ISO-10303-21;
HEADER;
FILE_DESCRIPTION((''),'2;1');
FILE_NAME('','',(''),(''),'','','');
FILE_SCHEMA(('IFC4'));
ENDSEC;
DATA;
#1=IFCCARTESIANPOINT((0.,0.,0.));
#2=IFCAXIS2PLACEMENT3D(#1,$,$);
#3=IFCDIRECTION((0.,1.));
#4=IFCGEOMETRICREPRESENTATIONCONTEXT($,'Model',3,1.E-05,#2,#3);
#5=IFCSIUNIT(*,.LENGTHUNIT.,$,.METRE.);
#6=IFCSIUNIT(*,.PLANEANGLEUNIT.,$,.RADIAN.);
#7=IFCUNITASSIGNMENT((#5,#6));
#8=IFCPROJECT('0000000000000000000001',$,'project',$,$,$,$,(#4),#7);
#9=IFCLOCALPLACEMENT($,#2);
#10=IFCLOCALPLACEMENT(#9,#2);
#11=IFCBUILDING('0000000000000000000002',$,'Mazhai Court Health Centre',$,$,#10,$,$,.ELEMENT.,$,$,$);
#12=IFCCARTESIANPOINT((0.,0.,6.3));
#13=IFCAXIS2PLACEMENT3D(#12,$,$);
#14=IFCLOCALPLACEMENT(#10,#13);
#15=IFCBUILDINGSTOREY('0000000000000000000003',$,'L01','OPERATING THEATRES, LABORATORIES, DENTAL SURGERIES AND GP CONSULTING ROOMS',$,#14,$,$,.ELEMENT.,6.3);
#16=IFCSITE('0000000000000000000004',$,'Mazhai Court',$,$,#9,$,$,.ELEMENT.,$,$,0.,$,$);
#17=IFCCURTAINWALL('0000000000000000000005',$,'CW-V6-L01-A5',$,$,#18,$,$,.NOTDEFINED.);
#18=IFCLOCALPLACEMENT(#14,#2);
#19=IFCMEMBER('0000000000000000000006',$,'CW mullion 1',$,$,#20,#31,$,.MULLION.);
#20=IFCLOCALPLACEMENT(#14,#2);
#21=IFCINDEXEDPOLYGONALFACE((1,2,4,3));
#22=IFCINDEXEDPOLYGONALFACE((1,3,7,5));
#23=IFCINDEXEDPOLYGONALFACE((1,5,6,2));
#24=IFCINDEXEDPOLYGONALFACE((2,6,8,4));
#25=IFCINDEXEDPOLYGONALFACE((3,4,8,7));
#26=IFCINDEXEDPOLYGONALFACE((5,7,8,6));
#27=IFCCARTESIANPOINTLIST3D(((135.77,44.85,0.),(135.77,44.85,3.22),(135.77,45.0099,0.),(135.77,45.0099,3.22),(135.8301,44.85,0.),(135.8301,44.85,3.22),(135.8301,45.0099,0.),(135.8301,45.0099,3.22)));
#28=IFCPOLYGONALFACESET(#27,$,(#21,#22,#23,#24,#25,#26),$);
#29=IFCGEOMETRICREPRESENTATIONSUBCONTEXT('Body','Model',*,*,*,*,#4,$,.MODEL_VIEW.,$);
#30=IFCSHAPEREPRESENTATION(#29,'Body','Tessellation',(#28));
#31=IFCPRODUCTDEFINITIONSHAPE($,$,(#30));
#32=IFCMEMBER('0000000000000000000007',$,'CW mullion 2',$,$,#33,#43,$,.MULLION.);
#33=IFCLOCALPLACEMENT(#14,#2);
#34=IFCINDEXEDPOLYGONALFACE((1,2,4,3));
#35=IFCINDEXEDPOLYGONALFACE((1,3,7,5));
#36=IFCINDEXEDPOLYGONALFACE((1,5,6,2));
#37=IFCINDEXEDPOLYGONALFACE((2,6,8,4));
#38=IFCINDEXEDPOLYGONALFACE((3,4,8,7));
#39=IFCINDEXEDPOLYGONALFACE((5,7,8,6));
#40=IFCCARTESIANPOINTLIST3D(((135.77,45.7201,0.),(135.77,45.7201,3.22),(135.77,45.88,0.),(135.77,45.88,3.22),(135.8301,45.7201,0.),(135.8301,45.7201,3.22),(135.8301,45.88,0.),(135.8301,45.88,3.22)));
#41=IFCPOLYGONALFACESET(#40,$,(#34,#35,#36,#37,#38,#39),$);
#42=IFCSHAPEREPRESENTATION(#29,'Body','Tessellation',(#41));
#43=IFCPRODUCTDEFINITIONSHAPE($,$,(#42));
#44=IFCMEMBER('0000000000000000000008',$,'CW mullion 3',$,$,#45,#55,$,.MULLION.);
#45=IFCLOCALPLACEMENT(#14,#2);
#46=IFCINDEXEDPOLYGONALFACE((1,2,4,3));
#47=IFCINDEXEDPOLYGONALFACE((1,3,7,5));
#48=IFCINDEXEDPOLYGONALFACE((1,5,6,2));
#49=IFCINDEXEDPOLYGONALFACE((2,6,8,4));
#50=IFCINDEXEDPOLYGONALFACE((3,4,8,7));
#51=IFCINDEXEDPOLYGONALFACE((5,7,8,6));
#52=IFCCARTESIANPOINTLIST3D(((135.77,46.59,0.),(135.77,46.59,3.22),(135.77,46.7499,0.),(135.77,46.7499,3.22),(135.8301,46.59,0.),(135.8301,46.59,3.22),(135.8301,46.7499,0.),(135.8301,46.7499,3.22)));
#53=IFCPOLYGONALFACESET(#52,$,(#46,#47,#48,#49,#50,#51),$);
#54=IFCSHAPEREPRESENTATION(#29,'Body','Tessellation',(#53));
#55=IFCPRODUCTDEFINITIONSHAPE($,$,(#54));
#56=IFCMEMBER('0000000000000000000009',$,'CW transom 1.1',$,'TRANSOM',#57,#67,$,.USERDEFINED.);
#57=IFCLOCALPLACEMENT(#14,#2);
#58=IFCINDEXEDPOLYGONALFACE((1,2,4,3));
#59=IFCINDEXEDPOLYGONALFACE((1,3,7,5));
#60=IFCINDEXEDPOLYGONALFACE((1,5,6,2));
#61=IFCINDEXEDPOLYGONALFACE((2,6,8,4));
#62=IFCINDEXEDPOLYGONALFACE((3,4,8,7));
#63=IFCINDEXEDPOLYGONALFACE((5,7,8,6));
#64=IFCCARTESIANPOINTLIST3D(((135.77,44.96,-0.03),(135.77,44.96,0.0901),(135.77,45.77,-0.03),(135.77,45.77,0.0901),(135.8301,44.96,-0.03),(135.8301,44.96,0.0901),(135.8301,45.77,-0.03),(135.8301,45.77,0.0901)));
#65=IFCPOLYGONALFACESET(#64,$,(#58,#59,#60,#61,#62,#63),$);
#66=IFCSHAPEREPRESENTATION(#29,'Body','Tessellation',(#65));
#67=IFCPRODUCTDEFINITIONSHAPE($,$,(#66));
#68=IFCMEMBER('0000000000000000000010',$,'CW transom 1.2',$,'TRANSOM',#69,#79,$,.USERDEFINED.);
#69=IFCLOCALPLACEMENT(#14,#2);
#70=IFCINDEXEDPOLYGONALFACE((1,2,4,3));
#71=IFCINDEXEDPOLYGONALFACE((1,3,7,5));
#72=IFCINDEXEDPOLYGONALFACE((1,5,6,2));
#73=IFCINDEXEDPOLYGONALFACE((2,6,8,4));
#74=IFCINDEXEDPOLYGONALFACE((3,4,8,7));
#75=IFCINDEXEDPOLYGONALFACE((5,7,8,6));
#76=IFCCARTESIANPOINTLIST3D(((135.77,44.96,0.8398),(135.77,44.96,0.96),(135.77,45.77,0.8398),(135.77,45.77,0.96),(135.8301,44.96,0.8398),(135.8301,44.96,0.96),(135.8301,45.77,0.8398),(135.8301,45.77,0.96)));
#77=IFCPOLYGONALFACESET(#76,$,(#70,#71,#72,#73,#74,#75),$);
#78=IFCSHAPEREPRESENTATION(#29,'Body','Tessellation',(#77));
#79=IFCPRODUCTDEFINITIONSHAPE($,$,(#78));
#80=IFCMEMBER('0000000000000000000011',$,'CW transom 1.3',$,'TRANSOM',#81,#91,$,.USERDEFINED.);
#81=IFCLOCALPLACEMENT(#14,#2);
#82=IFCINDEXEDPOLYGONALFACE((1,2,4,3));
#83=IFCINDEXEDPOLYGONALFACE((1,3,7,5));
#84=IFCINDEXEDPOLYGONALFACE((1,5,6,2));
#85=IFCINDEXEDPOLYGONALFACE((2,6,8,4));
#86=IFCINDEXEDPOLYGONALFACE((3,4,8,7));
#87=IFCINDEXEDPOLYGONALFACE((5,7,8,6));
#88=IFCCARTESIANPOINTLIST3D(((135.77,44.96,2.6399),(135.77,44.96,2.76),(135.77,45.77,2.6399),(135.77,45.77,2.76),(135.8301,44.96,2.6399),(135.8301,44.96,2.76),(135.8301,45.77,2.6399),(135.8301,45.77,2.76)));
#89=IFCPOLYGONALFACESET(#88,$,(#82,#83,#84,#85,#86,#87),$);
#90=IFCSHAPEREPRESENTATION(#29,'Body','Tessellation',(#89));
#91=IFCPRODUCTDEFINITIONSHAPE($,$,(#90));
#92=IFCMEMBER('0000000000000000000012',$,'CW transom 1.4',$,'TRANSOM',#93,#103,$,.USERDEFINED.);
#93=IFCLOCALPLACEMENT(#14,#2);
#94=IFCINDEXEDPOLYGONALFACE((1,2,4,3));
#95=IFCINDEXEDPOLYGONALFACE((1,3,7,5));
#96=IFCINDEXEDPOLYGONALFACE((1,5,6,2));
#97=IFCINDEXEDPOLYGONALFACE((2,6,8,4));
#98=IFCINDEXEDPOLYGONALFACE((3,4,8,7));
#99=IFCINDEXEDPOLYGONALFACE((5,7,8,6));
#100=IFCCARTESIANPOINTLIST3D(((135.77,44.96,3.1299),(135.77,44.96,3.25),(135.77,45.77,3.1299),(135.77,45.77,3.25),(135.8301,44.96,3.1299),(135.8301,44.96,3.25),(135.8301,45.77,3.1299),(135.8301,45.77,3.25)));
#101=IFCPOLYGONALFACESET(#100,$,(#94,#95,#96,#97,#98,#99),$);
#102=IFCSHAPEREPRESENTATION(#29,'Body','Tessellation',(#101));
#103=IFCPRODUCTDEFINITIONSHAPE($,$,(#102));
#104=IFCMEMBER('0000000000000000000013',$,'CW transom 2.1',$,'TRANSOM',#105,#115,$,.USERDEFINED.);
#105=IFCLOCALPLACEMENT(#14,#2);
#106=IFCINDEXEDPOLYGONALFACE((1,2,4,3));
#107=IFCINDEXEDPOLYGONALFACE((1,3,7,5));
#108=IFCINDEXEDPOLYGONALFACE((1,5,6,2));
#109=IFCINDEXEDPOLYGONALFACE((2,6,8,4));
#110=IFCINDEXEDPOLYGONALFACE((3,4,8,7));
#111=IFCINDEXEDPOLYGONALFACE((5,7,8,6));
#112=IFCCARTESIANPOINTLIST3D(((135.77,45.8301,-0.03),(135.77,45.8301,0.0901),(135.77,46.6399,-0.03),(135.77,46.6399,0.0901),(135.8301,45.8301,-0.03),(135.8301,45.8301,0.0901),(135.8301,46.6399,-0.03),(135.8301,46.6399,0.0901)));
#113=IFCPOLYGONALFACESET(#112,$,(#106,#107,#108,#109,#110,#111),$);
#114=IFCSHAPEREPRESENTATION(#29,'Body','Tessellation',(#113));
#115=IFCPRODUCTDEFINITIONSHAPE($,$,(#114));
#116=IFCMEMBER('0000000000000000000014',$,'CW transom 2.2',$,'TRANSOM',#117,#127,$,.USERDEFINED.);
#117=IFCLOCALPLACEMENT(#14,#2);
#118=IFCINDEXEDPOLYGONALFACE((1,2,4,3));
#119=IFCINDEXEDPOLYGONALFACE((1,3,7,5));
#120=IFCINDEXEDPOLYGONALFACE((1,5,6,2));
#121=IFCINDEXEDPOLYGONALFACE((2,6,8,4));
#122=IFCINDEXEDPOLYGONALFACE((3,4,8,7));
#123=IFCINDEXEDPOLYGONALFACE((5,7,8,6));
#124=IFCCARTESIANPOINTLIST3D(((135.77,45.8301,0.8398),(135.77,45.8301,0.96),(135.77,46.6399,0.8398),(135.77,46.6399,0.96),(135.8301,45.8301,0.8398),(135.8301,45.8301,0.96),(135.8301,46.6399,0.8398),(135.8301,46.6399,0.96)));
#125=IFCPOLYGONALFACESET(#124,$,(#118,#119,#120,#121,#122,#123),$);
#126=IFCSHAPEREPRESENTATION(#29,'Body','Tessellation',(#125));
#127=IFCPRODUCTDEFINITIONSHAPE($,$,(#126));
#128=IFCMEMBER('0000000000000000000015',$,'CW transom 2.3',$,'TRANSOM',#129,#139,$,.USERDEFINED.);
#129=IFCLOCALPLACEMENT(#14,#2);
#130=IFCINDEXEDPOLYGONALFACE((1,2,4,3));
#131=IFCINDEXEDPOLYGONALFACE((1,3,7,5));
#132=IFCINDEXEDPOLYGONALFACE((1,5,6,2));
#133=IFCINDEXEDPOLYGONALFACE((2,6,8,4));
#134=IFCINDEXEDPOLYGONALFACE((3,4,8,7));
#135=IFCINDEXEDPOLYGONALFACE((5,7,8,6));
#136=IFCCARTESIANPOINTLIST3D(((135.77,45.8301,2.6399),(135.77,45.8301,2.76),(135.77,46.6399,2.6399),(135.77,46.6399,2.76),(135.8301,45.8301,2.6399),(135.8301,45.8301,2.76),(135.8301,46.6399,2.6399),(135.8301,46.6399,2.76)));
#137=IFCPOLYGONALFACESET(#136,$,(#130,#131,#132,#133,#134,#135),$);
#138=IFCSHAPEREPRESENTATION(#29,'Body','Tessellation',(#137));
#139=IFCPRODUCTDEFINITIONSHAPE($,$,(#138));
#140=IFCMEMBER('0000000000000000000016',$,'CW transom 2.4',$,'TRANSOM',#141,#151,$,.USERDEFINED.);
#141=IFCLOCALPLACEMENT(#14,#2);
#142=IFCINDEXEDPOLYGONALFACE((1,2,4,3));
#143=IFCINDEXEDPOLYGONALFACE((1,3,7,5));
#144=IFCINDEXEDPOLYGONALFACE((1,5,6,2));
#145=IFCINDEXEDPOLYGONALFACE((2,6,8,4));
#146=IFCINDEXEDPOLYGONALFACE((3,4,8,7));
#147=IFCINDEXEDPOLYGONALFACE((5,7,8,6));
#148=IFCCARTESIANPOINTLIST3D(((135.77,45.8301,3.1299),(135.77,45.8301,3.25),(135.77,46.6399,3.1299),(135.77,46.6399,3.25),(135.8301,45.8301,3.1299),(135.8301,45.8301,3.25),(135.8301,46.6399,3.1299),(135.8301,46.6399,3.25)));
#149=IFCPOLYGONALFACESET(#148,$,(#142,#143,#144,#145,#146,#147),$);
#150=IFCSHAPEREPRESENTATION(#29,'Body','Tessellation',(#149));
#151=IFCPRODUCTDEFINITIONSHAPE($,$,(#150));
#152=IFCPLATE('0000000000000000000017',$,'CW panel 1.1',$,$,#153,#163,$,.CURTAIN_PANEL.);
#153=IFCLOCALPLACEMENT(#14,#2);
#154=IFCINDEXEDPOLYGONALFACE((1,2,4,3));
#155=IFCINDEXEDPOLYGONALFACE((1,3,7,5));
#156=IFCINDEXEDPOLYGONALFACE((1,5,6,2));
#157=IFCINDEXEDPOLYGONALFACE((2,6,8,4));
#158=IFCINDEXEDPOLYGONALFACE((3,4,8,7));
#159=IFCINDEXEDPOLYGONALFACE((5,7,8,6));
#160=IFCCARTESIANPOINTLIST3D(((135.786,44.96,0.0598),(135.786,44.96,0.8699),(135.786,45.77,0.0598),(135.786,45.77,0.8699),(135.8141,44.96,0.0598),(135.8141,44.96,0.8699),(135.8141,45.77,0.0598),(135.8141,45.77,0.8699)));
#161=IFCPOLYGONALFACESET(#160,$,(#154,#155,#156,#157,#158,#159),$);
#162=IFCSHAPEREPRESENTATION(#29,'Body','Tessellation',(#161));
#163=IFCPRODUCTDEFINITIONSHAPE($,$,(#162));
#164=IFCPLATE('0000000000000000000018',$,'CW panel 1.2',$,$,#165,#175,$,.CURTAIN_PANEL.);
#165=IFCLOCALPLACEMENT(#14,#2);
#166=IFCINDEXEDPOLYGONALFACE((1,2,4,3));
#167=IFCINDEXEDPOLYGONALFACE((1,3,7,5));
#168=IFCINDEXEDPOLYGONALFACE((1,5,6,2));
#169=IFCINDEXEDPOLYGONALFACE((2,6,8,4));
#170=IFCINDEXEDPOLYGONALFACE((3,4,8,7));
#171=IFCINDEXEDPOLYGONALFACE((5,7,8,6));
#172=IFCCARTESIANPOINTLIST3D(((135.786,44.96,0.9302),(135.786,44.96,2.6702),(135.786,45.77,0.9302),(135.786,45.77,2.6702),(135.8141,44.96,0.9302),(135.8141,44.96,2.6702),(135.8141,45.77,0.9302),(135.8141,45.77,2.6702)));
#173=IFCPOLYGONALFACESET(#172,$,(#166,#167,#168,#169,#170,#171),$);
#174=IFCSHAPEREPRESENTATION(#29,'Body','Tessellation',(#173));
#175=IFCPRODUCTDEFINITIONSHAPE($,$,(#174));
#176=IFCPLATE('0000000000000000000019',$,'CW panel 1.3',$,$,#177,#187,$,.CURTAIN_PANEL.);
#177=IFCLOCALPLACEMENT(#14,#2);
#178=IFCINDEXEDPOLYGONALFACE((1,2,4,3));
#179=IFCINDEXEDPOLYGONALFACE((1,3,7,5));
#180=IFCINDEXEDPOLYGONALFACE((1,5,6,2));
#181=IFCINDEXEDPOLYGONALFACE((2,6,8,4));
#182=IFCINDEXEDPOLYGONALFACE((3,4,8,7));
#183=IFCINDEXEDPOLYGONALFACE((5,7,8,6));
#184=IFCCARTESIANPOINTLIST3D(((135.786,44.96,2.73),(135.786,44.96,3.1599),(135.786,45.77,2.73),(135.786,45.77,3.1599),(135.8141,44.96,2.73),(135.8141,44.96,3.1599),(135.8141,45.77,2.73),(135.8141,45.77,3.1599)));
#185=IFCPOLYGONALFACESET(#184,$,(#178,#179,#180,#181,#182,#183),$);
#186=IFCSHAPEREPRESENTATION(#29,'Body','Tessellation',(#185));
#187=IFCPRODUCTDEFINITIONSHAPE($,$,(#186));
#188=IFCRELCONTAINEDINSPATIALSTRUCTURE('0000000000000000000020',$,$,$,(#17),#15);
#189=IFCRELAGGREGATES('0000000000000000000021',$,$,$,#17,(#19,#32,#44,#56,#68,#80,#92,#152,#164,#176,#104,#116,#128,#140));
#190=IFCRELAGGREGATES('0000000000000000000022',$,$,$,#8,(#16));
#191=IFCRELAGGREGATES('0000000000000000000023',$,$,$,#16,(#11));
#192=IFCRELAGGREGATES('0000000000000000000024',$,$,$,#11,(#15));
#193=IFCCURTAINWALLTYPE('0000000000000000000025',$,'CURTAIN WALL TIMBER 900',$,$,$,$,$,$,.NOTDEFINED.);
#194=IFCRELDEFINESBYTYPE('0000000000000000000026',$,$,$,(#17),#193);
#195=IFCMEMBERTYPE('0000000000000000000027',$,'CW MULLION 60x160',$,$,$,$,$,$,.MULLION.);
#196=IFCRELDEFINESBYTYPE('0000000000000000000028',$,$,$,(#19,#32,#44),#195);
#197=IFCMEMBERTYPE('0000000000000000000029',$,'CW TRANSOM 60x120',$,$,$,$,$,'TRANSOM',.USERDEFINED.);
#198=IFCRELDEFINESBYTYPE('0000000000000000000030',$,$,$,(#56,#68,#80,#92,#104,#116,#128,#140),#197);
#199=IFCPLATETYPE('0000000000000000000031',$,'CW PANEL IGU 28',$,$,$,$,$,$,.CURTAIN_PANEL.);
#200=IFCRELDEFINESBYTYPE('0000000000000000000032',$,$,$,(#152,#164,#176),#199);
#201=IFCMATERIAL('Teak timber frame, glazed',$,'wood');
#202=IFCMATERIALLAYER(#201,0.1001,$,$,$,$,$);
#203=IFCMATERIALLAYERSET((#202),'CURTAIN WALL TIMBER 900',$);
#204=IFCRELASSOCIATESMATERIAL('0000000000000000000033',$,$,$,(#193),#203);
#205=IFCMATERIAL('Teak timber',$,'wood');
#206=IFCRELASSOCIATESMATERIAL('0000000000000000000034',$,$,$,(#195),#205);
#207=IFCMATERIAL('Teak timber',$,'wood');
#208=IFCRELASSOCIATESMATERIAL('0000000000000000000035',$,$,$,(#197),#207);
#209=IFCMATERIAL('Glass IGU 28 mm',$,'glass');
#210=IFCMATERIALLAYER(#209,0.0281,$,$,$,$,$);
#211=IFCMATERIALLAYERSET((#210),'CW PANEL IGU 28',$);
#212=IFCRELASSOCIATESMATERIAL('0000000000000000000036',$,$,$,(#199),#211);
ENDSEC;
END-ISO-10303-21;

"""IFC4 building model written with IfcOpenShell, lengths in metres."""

from ifc_helpers import new_model, si_unit, direction, frame, origin, origin_2d, place, context, subcontext, project, spatial, rectangle, extrude, material, layer, layer_set, material_profile, profile_set, type_object, element, aggregate, save


model = new_model("IFC4")

# Units and contexts
model_context = context("Model", 3, precision=1e-05, world=origin(), true_north=direction((0.0, 1.0)))
body_context = subcontext(model_context, "Body", "Model", "MODEL_VIEW")
ifc_project = project(units=[si_unit("LENGTHUNIT", "METRE"), si_unit("PLANEANGLEUNIT", "RADIAN")], contexts=[model_context])

# Site, building, storey
site_placement = place(None, origin())
site = spatial("IfcSite", under=ifc_project, at=site_placement, Name="Mazhai Court", CompositionType="ELEMENT", RefElevation=0.0)
building_placement = place(site_placement, origin())
building = spatial("IfcBuilding", under=site, at=building_placement, Name="Mazhai Court Health Centre", CompositionType="ELEMENT")
storey_placement = place(building_placement, frame((0.0, 0.0, 6.3)))
storey = spatial("IfcBuildingStorey", under=building, at=storey_placement, Name="L01", Description="OPERATING THEATRES, LABORATORIES, DENTAL SURGERIES AND GP CONSULTING ROOMS", CompositionType="ELEMENT", Elevation=6.3)

# Curtain wall, members, plates
ifc_material_1 = material(Name="Teak timber frame, glazed", Category="wood")
ifc_layer_1 = layer(ifc_material_1, 0.1001)
ifc_layer_set_1 = layer_set([ifc_layer_1], Name="CURTAIN WALL TIMBER 900")
curtain_wall_type = type_object("IfcCurtainWallType", Name="CURTAIN WALL TIMBER 900", PredefinedType="NOTDEFINED", material=ifc_layer_set_1)
curtain_wall_placement = place(storey_placement, origin())
curtain_wall = element("IfcCurtainWall", 1, at=curtain_wall_placement, inside=storey, type_object=curtain_wall_type, Name="CW-V6-L01-A5", PredefinedType="NOTDEFINED")
ifc_material_2 = material(Name="Teak timber", Category="wood")
ifc_material_profile_1 = material_profile(ifc_material_2, rectangle(XDim=0.0601, YDim=0.1599, at=origin_2d()), Name="CW MULLION 60x160")
ifc_profile_set_1 = profile_set([ifc_material_profile_1], Name="Teak timber")
member_type_1 = type_object("IfcMemberType", Name="CW MULLION 60x160", PredefinedType="MULLION", material=ifc_profile_set_1)
member_1_placement = place(storey_placement, frame((135.8, 44.9299, 0.0), z_axis=(0.0, 0.0, 1.0), x_axis=(-1.0, 0.0, 0.0)))
member_1 = element("IfcMember", 2, at=member_1_placement, type_object=member_type_1, Name="CW mullion 1", PredefinedType="MULLION", context=body_context, shape_type="SweptSolid", body=[
    extrude(rectangle(XDim=0.0601, YDim=0.1599, at=origin_2d()), origin(), (0.0, 0.0, 1.0), 3.22),
])
member_2_placement = place(storey_placement, frame((135.8, 45.8, 0.0), z_axis=(0.0, 0.0, 1.0), x_axis=(-1.0, 0.0, 0.0)))
member_2 = element("IfcMember", 3, at=member_2_placement, type_object=member_type_1, Name="CW mullion 2", PredefinedType="MULLION", context=body_context, shape_type="SweptSolid", body=[
    extrude(rectangle(XDim=0.0601, YDim=0.1599, at=origin_2d()), origin(), (0.0, 0.0, 1.0), 3.22),
])
member_3_placement = place(storey_placement, frame((135.8, 46.6699, 0.0), z_axis=(0.0, 0.0, 1.0), x_axis=(-1.0, 0.0, 0.0)))
member_3 = element("IfcMember", 4, at=member_3_placement, type_object=member_type_1, Name="CW mullion 3", PredefinedType="MULLION", context=body_context, shape_type="SweptSolid", body=[
    extrude(rectangle(XDim=0.0601, YDim=0.1599, at=origin_2d()), origin(), (0.0, 0.0, 1.0), 3.22),
])
ifc_material_3 = material(Name="Teak timber", Category="wood")
ifc_material_profile_2 = material_profile(ifc_material_3, rectangle(XDim=0.0601, YDim=0.1201, at=origin_2d()), Name="CW TRANSOM 60x120")
ifc_profile_set_2 = profile_set([ifc_material_profile_2], Name="Teak timber")
member_type_2 = type_object("IfcMemberType", Name="CW TRANSOM 60x120", ElementType="TRANSOM", PredefinedType="USERDEFINED", material=ifc_profile_set_2)
member_4_placement = place(storey_placement, frame((135.8, 44.96, 0.03), z_axis=(0.0, 1.0, 0.0), x_axis=(-1.0, 0.0, 0.0)))
member_4 = element("IfcMember", 5, at=member_4_placement, type_object=member_type_2, Name="CW transom 1.1", ObjectType="TRANSOM", PredefinedType="USERDEFINED", context=body_context, shape_type="SweptSolid", body=[
    extrude(rectangle(XDim=0.0601, YDim=0.1201, at=origin_2d()), origin(), (0.0, 0.0, 1.0), 0.8101),
])
member_5_placement = place(storey_placement, frame((135.8, 44.96, 0.8999), z_axis=(0.0, 1.0, 0.0), x_axis=(-1.0, 0.0, 0.0)))
member_5 = element("IfcMember", 6, at=member_5_placement, type_object=member_type_2, Name="CW transom 1.2", ObjectType="TRANSOM", PredefinedType="USERDEFINED", context=body_context, shape_type="SweptSolid", body=[
    extrude(rectangle(XDim=0.0601, YDim=0.1201, at=origin_2d()), origin(), (0.0, 0.0, 1.0), 0.8101),
])
member_6_placement = place(storey_placement, frame((135.8, 44.96, 2.7), z_axis=(0.0, 1.0, 0.0), x_axis=(-1.0, 0.0, 0.0)))
member_6 = element("IfcMember", 7, at=member_6_placement, type_object=member_type_2, Name="CW transom 1.3", ObjectType="TRANSOM", PredefinedType="USERDEFINED", context=body_context, shape_type="SweptSolid", body=[
    extrude(rectangle(XDim=0.0601, YDim=0.1201, at=origin_2d()), origin(), (0.0, 0.0, 1.0), 0.8101),
])
member_7_placement = place(storey_placement, frame((135.8, 44.96, 3.1899), z_axis=(0.0, 1.0, 0.0), x_axis=(-1.0, 0.0, 0.0)))
member_7 = element("IfcMember", 8, at=member_7_placement, type_object=member_type_2, Name="CW transom 1.4", ObjectType="TRANSOM", PredefinedType="USERDEFINED", context=body_context, shape_type="SweptSolid", body=[
    extrude(rectangle(XDim=0.0601, YDim=0.1201, at=origin_2d()), origin(), (0.0, 0.0, 1.0), 0.8101),
])
member_8_placement = place(storey_placement, frame((135.8, 45.8301, 0.03), z_axis=(0.0, 1.0, 0.0), x_axis=(-1.0, 0.0, 0.0)))
member_8 = element("IfcMember", 9, at=member_8_placement, type_object=member_type_2, Name="CW transom 2.1", ObjectType="TRANSOM", PredefinedType="USERDEFINED", context=body_context, shape_type="SweptSolid", body=[
    extrude(rectangle(XDim=0.0601, YDim=0.1201, at=origin_2d()), origin(), (0.0, 0.0, 1.0), 0.8098),
])
member_9_placement = place(storey_placement, frame((135.8, 45.8301, 0.8999), z_axis=(0.0, 1.0, 0.0), x_axis=(-1.0, 0.0, 0.0)))
member_9 = element("IfcMember", 10, at=member_9_placement, type_object=member_type_2, Name="CW transom 2.2", ObjectType="TRANSOM", PredefinedType="USERDEFINED", context=body_context, shape_type="SweptSolid", body=[
    extrude(rectangle(XDim=0.0601, YDim=0.1201, at=origin_2d()), origin(), (0.0, 0.0, 1.0), 0.8098),
])
member_10_placement = place(storey_placement, frame((135.8, 45.8301, 2.7), z_axis=(0.0, 1.0, 0.0), x_axis=(-1.0, 0.0, 0.0)))
member_10 = element("IfcMember", 11, at=member_10_placement, type_object=member_type_2, Name="CW transom 2.3", ObjectType="TRANSOM", PredefinedType="USERDEFINED", context=body_context, shape_type="SweptSolid", body=[
    extrude(rectangle(XDim=0.0601, YDim=0.1201, at=origin_2d()), origin(), (0.0, 0.0, 1.0), 0.8098),
])
member_11_placement = place(storey_placement, frame((135.8, 45.8301, 3.1899), z_axis=(0.0, 1.0, 0.0), x_axis=(-1.0, 0.0, 0.0)))
member_11 = element("IfcMember", 12, at=member_11_placement, type_object=member_type_2, Name="CW transom 2.4", ObjectType="TRANSOM", PredefinedType="USERDEFINED", context=body_context, shape_type="SweptSolid", body=[
    extrude(rectangle(XDim=0.0601, YDim=0.1201, at=origin_2d()), origin(), (0.0, 0.0, 1.0), 0.8098),
])
ifc_material_4 = material(Name="Glass IGU 28 mm", Category="glass")
ifc_layer_2 = layer(ifc_material_4, 0.0281)
ifc_layer_set_2 = layer_set([ifc_layer_2], Name="CW PANEL IGU 28")
plate_type = type_object("IfcPlateType", Name="CW PANEL IGU 28", PredefinedType="CURTAIN_PANEL", material=ifc_layer_set_2)
plate_1_placement = place(storey_placement, frame((135.8, 45.365, 0.0598), z_axis=(0.0, 0.0, 1.0), x_axis=(0.0, 1.0, 0.0)))
plate_1 = element("IfcPlate", 13, at=plate_1_placement, type_object=plate_type, Name="CW panel 1.1", PredefinedType="CURTAIN_PANEL", context=body_context, shape_type="SweptSolid", body=[
    extrude(rectangle(XDim=0.8101, YDim=0.0281, at=origin_2d()), origin(), (0.0, 0.0, 1.0), 0.8101),
])
plate_2_placement = place(storey_placement, frame((135.8, 45.365, 0.9302), z_axis=(0.0, 0.0, 1.0), x_axis=(0.0, 1.0, 0.0)))
plate_2 = element("IfcPlate", 14, at=plate_2_placement, type_object=plate_type, Name="CW panel 1.2", PredefinedType="CURTAIN_PANEL", context=body_context, shape_type="SweptSolid", body=[
    extrude(rectangle(XDim=0.8101, YDim=0.0281, at=origin_2d()), origin(), (0.0, 0.0, 1.0), 1.74),
])
plate_3_placement = place(storey_placement, frame((135.8, 45.365, 2.73), z_axis=(0.0, 0.0, 1.0), x_axis=(0.0, 1.0, 0.0)))
plate_3 = element("IfcPlate", 15, at=plate_3_placement, type_object=plate_type, Name="CW panel 1.3", PredefinedType="CURTAIN_PANEL", context=body_context, shape_type="SweptSolid", body=[
    extrude(rectangle(XDim=0.8101, YDim=0.0281, at=origin_2d()), origin(), (0.0, 0.0, 1.0), 0.4299),
])
aggregate(curtain_wall, [member_1, member_2, member_3, member_4, member_5, member_6, member_7, plate_1, plate_2, plate_3, member_8, member_9, member_10, member_11])

save(model, "model.ifc")
